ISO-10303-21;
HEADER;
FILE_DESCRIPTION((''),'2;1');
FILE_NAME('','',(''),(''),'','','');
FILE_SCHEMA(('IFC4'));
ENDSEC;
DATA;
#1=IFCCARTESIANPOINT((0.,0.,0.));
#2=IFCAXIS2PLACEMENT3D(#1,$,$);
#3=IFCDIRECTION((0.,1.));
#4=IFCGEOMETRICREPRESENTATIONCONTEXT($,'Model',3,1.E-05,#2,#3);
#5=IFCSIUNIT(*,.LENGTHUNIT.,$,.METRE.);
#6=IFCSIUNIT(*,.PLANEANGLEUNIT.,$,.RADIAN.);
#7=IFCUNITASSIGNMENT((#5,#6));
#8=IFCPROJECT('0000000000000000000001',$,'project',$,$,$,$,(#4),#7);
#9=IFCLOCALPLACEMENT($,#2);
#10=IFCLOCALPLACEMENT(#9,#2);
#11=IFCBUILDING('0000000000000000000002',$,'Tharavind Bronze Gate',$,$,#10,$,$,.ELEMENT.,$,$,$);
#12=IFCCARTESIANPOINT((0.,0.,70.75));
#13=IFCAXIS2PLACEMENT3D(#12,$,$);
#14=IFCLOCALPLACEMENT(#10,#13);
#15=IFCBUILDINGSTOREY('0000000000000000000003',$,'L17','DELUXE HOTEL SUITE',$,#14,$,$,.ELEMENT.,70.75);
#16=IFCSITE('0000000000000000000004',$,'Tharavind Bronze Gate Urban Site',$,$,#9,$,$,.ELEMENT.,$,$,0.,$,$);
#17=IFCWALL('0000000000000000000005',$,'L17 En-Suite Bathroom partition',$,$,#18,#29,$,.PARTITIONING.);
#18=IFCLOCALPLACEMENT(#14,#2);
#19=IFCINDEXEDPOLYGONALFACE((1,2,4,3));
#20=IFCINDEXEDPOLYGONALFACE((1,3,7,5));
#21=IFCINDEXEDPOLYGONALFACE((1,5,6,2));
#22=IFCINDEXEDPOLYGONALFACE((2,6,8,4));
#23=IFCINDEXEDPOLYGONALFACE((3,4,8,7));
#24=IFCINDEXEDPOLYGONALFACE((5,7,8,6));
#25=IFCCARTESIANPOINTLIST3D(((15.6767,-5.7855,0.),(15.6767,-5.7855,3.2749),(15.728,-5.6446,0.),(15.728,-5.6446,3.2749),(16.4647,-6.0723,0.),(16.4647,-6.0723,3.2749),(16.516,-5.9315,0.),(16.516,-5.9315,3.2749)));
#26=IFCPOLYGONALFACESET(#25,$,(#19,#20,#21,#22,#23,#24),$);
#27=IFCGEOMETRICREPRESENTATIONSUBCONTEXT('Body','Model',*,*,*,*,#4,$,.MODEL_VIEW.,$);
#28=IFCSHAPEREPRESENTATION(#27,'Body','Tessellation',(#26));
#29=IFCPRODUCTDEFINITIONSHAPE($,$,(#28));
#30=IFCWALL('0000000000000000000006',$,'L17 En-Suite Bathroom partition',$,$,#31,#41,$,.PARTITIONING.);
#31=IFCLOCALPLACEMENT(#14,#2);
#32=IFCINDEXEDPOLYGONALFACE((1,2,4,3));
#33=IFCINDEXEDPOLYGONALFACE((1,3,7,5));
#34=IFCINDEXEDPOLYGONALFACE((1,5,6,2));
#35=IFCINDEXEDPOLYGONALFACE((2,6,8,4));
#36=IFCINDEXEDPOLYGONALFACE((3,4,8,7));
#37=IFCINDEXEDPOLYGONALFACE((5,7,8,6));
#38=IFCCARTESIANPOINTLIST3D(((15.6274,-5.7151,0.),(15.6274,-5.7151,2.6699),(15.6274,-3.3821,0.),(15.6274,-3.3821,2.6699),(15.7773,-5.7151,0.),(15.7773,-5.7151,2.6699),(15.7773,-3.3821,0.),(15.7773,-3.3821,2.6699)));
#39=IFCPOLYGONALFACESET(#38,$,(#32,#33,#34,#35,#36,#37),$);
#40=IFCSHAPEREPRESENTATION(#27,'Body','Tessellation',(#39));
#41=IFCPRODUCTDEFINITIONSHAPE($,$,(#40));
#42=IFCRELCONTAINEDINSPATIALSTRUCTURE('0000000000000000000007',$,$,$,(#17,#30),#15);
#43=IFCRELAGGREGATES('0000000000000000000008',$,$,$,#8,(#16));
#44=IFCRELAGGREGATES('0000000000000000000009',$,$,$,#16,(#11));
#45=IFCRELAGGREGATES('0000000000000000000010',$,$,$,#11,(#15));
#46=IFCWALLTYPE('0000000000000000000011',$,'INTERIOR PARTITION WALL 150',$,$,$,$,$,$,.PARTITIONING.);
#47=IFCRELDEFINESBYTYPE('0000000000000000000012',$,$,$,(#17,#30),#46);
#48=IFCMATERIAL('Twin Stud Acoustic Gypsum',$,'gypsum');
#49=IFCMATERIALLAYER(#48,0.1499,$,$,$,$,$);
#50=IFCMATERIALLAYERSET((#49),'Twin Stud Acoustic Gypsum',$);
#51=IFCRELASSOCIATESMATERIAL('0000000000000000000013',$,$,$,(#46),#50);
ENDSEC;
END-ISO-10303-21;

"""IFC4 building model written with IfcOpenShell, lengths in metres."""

from ifc_helpers import new_model, si_unit, direction, frame, frame_2d, origin, place, context, subcontext, project, spatial, rectangle, extrude, material, layer, layer_set, type_object, element, save


model = new_model("IFC4")

# Units and contexts
model_context = context("Model", 3, precision=1e-05, world=origin(), true_north=direction((0.0, 1.0)))
body_context = subcontext(model_context, "Body", "Model", "MODEL_VIEW")
ifc_project = project(units=[si_unit("LENGTHUNIT", "METRE"), si_unit("PLANEANGLEUNIT", "RADIAN")], contexts=[model_context])

# Site, building, storey
site_placement = place(None, origin())
site = spatial("IfcSite", under=ifc_project, at=site_placement, Name="Tharavind Bronze Gate Urban Site", CompositionType="ELEMENT", RefElevation=0.0)
building_placement = place(site_placement, origin())
building = spatial("IfcBuilding", under=site, at=building_placement, Name="Tharavind Bronze Gate", CompositionType="ELEMENT")
storey_placement = place(building_placement, frame((0.0, 0.0, 70.75)))
storey = spatial("IfcBuildingStorey", under=building, at=storey_placement, Name="L17", Description="DELUXE HOTEL SUITE", CompositionType="ELEMENT", Elevation=70.75)

# Shared definitions
ifc_material_1 = material(Name="Twin Stud Acoustic Gypsum", Category="gypsum")
ifc_layer_1 = layer(ifc_material_1, 0.1499)
ifc_layer_set_1 = layer_set([ifc_layer_1], Name="Twin Stud Acoustic Gypsum")
wall_type_1 = type_object("IfcWallType", Name="INTERIOR PARTITION WALL 150", PredefinedType="PARTITIONING", material=ifc_layer_set_1)

# Walls
wall_1_placement = place(storey_placement, frame((16.4905, -6.002, 0.0), z_axis=(0.0, 0.0, 1.0), x_axis=(-0.939683, 0.342047, 0.0)))
element("IfcWall", 1, at=wall_1_placement, inside=storey, type_object=wall_type_1, Name="L17 En-Suite Bathroom partition", PredefinedType="PARTITIONING", context=body_context, shape_type="SweptSolid", body=[
    extrude(rectangle(XDim=0.8386, YDim=0.1499, at=frame_2d((0.4194, 0.0))), origin(), (0.0, 0.0, 1.0), 3.2749),
])
wall_2_placement = place(storey_placement, frame((15.7024, -5.7151, 0.0), z_axis=(0.0, 0.0, 1.0), x_axis=(0.0, 1.0, 0.0)))
element("IfcWall", 2, at=wall_2_placement, inside=storey, type_object=wall_type_1, Name="L17 En-Suite Bathroom partition", PredefinedType="PARTITIONING", context=body_context, shape_type="SweptSolid", body=[
    extrude(rectangle(XDim=2.333, YDim=0.1499, at=frame_2d((1.1665, 0.0))), origin(), (0.0, 0.0, 1.0), 2.6699),
])

save(model, "model.ifc")
